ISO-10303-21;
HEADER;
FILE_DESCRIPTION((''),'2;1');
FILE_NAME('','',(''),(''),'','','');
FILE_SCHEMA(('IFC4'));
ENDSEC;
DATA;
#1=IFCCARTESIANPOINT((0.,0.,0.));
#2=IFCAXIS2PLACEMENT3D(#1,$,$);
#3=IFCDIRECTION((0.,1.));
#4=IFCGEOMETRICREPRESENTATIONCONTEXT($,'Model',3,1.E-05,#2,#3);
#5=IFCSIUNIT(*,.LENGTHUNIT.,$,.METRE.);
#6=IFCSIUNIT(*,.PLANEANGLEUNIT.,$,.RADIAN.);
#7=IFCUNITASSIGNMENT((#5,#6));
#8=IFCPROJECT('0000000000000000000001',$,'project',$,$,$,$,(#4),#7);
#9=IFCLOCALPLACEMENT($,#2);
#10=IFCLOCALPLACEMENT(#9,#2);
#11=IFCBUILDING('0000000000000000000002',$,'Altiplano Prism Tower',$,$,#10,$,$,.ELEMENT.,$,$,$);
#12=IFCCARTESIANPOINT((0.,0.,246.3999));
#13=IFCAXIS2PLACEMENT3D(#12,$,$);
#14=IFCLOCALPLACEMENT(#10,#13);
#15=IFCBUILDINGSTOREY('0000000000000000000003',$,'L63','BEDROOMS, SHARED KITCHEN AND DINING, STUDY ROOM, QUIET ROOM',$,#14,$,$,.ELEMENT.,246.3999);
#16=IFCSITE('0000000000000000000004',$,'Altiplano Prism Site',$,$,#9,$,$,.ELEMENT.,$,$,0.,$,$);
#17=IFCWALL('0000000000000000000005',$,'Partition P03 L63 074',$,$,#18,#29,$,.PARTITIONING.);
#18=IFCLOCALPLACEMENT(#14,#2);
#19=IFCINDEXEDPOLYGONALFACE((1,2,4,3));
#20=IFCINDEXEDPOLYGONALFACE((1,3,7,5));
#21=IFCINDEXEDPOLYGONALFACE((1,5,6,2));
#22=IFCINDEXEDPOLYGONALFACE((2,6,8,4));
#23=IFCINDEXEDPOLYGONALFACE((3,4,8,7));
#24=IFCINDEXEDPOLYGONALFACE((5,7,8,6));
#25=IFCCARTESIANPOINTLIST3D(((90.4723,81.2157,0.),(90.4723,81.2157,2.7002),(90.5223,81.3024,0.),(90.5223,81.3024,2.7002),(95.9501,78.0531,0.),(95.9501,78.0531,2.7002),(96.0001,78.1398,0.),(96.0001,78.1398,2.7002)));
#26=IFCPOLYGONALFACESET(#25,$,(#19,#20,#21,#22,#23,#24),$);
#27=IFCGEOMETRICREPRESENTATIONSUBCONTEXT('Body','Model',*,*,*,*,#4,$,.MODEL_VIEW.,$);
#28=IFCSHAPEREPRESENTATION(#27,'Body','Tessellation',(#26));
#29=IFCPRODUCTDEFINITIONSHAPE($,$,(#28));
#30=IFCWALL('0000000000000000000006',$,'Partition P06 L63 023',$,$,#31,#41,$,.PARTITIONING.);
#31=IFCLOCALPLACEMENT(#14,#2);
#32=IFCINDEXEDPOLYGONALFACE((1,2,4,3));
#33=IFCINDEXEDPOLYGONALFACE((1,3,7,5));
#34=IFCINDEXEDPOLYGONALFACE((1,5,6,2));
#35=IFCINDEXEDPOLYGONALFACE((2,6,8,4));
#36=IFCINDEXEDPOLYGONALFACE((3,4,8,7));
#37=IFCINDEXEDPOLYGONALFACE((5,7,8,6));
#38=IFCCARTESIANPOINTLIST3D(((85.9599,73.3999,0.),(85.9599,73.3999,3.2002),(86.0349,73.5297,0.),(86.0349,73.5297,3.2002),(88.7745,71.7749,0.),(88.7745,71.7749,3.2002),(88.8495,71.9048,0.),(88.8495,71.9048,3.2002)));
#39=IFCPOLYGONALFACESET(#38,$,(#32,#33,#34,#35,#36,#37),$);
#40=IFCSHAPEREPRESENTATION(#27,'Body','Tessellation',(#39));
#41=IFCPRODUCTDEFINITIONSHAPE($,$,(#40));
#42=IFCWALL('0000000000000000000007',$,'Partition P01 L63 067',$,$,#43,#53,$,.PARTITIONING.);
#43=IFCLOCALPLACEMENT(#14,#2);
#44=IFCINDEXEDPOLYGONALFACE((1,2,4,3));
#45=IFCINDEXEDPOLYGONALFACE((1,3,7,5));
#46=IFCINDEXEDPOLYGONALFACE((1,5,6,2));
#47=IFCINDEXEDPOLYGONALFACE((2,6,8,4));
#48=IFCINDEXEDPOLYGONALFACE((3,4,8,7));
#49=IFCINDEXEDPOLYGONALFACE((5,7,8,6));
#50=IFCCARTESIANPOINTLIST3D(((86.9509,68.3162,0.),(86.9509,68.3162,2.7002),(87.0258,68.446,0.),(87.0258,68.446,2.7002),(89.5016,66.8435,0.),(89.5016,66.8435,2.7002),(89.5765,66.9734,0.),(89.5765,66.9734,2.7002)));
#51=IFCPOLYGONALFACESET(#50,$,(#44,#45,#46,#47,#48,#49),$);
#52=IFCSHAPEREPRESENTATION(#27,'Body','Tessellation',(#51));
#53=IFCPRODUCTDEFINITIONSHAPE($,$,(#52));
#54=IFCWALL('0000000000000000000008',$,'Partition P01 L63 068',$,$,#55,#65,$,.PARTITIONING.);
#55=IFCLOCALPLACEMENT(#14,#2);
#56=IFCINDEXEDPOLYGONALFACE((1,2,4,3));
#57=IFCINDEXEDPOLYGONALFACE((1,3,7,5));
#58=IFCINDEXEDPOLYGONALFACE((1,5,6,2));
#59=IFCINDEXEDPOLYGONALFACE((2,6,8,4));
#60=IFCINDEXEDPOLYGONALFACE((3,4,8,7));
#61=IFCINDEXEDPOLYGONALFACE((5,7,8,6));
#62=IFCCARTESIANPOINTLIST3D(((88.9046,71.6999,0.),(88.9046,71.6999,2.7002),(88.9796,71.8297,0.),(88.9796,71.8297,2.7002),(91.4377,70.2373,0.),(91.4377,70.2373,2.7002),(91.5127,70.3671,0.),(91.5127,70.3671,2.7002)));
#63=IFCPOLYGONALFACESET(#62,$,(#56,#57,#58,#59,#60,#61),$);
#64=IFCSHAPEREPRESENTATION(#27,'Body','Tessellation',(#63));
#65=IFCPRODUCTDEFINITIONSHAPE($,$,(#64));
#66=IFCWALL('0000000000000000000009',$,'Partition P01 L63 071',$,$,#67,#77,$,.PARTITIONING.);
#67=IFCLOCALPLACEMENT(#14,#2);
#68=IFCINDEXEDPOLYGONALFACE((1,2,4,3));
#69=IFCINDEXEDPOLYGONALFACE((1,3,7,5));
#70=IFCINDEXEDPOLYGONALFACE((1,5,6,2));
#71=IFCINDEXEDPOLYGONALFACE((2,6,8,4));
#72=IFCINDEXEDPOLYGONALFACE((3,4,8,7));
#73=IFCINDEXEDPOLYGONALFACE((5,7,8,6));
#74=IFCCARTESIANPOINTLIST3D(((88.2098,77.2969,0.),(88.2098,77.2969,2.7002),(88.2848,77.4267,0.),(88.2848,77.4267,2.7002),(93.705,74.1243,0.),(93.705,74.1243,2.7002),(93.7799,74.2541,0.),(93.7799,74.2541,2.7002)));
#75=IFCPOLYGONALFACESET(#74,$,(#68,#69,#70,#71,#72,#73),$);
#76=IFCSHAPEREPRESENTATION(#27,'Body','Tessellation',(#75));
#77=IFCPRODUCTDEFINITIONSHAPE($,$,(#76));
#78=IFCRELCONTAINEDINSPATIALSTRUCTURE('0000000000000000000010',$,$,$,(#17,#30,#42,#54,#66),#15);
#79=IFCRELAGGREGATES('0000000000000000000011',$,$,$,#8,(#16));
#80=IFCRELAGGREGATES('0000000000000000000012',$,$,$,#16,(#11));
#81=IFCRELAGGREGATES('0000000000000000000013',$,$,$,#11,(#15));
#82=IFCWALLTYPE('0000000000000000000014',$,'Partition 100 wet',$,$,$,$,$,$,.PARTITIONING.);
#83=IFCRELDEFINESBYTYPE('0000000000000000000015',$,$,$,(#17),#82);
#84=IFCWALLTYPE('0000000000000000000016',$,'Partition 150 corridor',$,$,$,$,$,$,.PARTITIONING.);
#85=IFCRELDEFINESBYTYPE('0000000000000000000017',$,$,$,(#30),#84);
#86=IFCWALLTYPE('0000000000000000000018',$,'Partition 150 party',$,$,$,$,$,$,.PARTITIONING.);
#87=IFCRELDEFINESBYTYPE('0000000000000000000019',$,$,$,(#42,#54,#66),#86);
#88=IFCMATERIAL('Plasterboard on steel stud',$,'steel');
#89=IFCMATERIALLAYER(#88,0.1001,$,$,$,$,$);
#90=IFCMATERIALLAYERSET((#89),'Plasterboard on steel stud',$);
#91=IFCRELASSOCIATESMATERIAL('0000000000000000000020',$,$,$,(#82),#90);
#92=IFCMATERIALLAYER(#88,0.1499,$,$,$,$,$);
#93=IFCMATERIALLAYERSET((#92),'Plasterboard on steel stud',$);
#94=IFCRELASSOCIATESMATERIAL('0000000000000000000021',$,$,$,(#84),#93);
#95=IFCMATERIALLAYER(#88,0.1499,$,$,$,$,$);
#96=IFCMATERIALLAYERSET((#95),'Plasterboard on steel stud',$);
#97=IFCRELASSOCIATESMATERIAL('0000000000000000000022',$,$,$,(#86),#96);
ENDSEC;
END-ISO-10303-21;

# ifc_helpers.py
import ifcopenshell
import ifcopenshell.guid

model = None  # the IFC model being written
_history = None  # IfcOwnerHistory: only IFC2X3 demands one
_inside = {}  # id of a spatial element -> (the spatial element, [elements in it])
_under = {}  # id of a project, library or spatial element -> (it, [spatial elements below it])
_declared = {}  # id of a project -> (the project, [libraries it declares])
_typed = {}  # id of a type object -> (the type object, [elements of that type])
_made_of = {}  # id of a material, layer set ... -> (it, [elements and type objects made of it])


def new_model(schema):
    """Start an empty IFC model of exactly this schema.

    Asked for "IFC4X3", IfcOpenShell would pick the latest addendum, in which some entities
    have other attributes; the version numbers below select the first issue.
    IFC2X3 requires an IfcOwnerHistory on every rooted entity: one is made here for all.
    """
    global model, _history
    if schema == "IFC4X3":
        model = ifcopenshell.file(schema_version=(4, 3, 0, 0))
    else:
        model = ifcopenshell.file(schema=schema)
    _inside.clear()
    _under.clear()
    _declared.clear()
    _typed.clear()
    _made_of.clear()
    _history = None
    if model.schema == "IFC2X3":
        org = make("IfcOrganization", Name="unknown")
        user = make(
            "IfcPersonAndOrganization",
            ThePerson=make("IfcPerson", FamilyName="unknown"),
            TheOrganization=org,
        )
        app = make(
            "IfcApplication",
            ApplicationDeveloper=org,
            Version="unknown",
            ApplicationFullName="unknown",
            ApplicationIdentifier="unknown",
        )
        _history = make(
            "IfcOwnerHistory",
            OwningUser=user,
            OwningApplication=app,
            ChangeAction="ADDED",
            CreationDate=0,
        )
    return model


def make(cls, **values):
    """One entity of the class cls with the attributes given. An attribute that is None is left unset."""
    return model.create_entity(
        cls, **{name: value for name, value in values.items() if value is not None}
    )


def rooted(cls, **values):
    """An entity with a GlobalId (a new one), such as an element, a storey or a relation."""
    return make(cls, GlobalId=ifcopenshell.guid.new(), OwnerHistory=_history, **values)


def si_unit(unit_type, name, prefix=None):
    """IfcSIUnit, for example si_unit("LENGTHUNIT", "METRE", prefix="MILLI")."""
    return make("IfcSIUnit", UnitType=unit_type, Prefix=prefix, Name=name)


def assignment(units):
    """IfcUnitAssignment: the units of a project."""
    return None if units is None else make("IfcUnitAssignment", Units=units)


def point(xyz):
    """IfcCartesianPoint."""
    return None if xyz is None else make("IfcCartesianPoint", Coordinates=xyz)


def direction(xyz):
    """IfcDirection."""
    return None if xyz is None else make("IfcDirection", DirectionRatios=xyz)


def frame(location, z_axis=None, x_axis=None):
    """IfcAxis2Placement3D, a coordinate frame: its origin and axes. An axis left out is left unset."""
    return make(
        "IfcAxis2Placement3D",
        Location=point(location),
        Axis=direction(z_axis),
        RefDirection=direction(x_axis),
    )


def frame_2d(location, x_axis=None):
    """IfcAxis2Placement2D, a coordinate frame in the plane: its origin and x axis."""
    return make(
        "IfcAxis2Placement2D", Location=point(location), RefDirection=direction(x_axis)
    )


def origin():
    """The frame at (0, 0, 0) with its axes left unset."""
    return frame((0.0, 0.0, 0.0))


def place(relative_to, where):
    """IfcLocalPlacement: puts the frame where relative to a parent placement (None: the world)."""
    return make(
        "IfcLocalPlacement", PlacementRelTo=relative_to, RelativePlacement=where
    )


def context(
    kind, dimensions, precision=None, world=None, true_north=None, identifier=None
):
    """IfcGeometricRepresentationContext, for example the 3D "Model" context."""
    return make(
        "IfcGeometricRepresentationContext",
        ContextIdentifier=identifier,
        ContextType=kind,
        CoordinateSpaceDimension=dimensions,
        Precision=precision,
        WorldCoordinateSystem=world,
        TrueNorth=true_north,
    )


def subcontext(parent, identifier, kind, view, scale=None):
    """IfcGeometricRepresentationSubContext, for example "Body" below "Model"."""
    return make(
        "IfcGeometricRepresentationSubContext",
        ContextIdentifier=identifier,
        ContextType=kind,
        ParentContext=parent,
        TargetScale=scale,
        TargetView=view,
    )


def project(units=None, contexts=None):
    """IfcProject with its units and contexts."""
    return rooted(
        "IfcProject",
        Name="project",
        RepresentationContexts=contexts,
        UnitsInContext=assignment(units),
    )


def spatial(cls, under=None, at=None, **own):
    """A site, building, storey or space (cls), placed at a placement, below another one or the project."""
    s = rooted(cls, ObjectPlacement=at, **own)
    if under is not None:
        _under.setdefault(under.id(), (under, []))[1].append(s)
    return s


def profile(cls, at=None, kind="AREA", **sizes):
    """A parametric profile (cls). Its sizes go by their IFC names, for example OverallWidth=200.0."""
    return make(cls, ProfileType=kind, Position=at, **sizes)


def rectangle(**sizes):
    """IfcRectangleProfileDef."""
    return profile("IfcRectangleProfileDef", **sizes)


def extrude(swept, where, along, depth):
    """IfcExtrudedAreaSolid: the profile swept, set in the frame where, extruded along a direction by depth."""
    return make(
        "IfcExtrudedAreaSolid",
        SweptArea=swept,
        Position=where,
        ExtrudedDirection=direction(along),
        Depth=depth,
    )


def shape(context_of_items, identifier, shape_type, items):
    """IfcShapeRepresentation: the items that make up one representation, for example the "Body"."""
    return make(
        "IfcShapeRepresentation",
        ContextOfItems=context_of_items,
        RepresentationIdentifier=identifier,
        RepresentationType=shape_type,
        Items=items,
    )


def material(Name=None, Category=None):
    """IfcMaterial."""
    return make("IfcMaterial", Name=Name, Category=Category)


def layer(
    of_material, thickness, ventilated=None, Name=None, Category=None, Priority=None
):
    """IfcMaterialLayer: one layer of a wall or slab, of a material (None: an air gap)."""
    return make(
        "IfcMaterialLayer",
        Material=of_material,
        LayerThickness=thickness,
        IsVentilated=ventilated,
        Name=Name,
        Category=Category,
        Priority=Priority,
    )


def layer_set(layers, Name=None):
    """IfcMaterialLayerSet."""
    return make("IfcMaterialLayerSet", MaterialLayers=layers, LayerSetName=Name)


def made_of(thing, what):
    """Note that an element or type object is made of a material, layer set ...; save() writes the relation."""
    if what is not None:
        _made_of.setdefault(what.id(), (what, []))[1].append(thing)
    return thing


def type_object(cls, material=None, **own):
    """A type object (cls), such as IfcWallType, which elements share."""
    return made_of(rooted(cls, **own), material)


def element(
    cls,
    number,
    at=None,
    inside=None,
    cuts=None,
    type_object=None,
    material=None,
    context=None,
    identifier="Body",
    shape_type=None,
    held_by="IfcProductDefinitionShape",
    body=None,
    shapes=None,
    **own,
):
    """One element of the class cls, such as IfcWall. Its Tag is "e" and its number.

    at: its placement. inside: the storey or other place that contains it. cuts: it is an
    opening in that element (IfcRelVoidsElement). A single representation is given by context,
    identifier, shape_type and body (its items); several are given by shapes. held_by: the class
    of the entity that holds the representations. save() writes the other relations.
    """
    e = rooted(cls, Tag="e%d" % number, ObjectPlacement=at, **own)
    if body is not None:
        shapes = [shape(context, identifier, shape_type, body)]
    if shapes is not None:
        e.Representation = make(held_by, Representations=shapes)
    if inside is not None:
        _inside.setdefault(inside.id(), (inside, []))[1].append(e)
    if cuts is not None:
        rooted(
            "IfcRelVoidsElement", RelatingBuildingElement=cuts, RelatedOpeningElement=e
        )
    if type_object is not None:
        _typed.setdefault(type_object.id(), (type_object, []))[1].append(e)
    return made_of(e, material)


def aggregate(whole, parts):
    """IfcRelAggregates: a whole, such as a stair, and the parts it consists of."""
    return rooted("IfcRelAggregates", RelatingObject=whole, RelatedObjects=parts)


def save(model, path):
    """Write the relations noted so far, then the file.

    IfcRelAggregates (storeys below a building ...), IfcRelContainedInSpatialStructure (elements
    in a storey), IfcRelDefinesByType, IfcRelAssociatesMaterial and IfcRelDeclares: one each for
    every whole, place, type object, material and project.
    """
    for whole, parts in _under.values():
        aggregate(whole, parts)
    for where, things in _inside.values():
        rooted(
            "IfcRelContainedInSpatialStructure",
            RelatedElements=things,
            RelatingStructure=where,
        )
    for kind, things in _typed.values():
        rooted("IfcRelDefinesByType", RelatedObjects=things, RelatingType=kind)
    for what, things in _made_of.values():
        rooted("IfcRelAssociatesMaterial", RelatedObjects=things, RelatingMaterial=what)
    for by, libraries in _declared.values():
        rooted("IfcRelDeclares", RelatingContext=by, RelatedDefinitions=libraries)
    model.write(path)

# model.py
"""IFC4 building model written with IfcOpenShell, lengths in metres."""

from ifc_helpers import new_model, si_unit, direction, frame, frame_2d, origin, place, context, subcontext, project, spatial, rectangle, extrude, material, layer, layer_set, type_object, element, save


model = new_model("IFC4")

# Units and contexts
model_context = context("Model", 3, precision=1e-05, world=origin(), true_north=direction((0.0, 1.0)))
body_context = subcontext(model_context, "Body", "Model", "MODEL_VIEW")
ifc_project = project(units=[si_unit("LENGTHUNIT", "METRE"), si_unit("PLANEANGLEUNIT", "RADIAN")], contexts=[model_context])

# Site, building, storey
site_placement = place(None, origin())
site = spatial("IfcSite", under=ifc_project, at=site_placement, Name="Altiplano Prism Site", CompositionType="ELEMENT", RefElevation=0.0)
building_placement = place(site_placement, origin())
building = spatial("IfcBuilding", under=site, at=building_placement, Name="Altiplano Prism Tower", CompositionType="ELEMENT")
storey_placement = place(building_placement, frame((0.0, 0.0, 246.3999)))
storey = spatial("IfcBuildingStorey", under=building, at=storey_placement, Name="L63", Description="BEDROOMS, SHARED KITCHEN AND DINING, STUDY ROOM, QUIET ROOM", CompositionType="ELEMENT", Elevation=246.3999)

# Shared definitions
ifc_material_1 = material(Name="Plasterboard on steel stud", Category="steel")

# Walls
ifc_layer_1 = layer(ifc_material_1, 0.1001)
ifc_layer_set_1 = layer_set([ifc_layer_1], Name="Plasterboard on steel stud")
wall_type_1 = type_object("IfcWallType", Name="Partition 100 wet", PredefinedType="PARTITIONING", material=ifc_layer_set_1)
wall_1_placement = place(storey_placement, frame((95.9751, 78.0964, 0.0), z_axis=(0.0, 0.0, 1.0), x_axis=(-0.866026, 0.5, 0.0)))
element("IfcWall", 1, at=wall_1_placement, inside=storey, type_object=wall_type_1, Name="Partition P03 L63 074", PredefinedType="PARTITIONING", context=body_context, shape_type="SweptSolid", body=[
    extrude(rectangle(XDim=6.3252, YDim=0.1001, at=frame_2d((3.1626, 0.0))), origin(), (0.0, 0.0, 1.0), 2.7002),
])
ifc_layer_2 = layer(ifc_material_1, 0.1499)
ifc_layer_set_2 = layer_set([ifc_layer_2], Name="Plasterboard on steel stud")
wall_type_2 = type_object("IfcWallType", Name="Partition 150 corridor", PredefinedType="PARTITIONING", material=ifc_layer_set_2)
wall_2_placement = place(storey_placement, frame((88.812, 71.8398, 0.0), z_axis=(0.0, 0.0, 1.0), x_axis=(-0.866034, 0.499985, 0.0)))
element("IfcWall", 2, at=wall_2_placement, inside=storey, type_object=wall_type_2, Name="Partition P06 L63 023", PredefinedType="PARTITIONING", context=body_context, shape_type="SweptSolid", body=[
    extrude(rectangle(XDim=3.25, YDim=0.1499, at=frame_2d((1.625, 0.0))), origin(), (0.0, 0.0, 1.0), 3.2002),
])
ifc_layer_3 = layer(ifc_material_1, 0.1499)
ifc_layer_set_3 = layer_set([ifc_layer_3], Name="Plasterboard on steel stud")
wall_type_3 = type_object("IfcWallType", Name="Partition 150 party", PredefinedType="PARTITIONING", material=ifc_layer_set_3)
wall_3_placement = place(storey_placement, frame((89.5391, 66.9084, 0.0), z_axis=(0.0, 0.0, 1.0), x_axis=(-0.866031, 0.49999, 0.0)))
element("IfcWall", 3, at=wall_3_placement, inside=storey, type_object=wall_type_3, Name="Partition P01 L63 067", PredefinedType="PARTITIONING", context=body_context, shape_type="SweptSolid", body=[
    extrude(rectangle(XDim=2.9453, YDim=0.1499, at=frame_2d((1.4727, 0.0))), origin(), (0.0, 0.0, 1.0), 2.7002),
])
wall_4_placement = place(storey_placement, frame((91.4751, 70.3022, 0.0), z_axis=(0.0, 0.0, 1.0), x_axis=(-0.86601, 0.500026, 0.0)))
element("IfcWall", 4, at=wall_4_placement, inside=storey, type_object=wall_type_3, Name="Partition P01 L63 068", PredefinedType="PARTITIONING", context=body_context, shape_type="SweptSolid", body=[
    extrude(rectangle(XDim=2.925, YDim=0.1499, at=frame_2d((1.4624, 0.0))), origin(), (0.0, 0.0, 1.0), 2.7002),
])
wall_5_placement = place(storey_placement, frame((93.7424, 74.1892, 0.0), z_axis=(0.0, 0.0, 1.0), x_axis=(-0.866025, 0.5, 0.0)))
element("IfcWall", 5, at=wall_5_placement, inside=storey, type_object=wall_type_3, Name="Partition P01 L63 071", PredefinedType="PARTITIONING", context=body_context, shape_type="SweptSolid", body=[
    extrude(rectangle(XDim=6.3452, YDim=0.1499, at=frame_2d((3.1726, 0.0))), origin(), (0.0, 0.0, 1.0), 2.7002),
])

save(model, "model.ifc")
